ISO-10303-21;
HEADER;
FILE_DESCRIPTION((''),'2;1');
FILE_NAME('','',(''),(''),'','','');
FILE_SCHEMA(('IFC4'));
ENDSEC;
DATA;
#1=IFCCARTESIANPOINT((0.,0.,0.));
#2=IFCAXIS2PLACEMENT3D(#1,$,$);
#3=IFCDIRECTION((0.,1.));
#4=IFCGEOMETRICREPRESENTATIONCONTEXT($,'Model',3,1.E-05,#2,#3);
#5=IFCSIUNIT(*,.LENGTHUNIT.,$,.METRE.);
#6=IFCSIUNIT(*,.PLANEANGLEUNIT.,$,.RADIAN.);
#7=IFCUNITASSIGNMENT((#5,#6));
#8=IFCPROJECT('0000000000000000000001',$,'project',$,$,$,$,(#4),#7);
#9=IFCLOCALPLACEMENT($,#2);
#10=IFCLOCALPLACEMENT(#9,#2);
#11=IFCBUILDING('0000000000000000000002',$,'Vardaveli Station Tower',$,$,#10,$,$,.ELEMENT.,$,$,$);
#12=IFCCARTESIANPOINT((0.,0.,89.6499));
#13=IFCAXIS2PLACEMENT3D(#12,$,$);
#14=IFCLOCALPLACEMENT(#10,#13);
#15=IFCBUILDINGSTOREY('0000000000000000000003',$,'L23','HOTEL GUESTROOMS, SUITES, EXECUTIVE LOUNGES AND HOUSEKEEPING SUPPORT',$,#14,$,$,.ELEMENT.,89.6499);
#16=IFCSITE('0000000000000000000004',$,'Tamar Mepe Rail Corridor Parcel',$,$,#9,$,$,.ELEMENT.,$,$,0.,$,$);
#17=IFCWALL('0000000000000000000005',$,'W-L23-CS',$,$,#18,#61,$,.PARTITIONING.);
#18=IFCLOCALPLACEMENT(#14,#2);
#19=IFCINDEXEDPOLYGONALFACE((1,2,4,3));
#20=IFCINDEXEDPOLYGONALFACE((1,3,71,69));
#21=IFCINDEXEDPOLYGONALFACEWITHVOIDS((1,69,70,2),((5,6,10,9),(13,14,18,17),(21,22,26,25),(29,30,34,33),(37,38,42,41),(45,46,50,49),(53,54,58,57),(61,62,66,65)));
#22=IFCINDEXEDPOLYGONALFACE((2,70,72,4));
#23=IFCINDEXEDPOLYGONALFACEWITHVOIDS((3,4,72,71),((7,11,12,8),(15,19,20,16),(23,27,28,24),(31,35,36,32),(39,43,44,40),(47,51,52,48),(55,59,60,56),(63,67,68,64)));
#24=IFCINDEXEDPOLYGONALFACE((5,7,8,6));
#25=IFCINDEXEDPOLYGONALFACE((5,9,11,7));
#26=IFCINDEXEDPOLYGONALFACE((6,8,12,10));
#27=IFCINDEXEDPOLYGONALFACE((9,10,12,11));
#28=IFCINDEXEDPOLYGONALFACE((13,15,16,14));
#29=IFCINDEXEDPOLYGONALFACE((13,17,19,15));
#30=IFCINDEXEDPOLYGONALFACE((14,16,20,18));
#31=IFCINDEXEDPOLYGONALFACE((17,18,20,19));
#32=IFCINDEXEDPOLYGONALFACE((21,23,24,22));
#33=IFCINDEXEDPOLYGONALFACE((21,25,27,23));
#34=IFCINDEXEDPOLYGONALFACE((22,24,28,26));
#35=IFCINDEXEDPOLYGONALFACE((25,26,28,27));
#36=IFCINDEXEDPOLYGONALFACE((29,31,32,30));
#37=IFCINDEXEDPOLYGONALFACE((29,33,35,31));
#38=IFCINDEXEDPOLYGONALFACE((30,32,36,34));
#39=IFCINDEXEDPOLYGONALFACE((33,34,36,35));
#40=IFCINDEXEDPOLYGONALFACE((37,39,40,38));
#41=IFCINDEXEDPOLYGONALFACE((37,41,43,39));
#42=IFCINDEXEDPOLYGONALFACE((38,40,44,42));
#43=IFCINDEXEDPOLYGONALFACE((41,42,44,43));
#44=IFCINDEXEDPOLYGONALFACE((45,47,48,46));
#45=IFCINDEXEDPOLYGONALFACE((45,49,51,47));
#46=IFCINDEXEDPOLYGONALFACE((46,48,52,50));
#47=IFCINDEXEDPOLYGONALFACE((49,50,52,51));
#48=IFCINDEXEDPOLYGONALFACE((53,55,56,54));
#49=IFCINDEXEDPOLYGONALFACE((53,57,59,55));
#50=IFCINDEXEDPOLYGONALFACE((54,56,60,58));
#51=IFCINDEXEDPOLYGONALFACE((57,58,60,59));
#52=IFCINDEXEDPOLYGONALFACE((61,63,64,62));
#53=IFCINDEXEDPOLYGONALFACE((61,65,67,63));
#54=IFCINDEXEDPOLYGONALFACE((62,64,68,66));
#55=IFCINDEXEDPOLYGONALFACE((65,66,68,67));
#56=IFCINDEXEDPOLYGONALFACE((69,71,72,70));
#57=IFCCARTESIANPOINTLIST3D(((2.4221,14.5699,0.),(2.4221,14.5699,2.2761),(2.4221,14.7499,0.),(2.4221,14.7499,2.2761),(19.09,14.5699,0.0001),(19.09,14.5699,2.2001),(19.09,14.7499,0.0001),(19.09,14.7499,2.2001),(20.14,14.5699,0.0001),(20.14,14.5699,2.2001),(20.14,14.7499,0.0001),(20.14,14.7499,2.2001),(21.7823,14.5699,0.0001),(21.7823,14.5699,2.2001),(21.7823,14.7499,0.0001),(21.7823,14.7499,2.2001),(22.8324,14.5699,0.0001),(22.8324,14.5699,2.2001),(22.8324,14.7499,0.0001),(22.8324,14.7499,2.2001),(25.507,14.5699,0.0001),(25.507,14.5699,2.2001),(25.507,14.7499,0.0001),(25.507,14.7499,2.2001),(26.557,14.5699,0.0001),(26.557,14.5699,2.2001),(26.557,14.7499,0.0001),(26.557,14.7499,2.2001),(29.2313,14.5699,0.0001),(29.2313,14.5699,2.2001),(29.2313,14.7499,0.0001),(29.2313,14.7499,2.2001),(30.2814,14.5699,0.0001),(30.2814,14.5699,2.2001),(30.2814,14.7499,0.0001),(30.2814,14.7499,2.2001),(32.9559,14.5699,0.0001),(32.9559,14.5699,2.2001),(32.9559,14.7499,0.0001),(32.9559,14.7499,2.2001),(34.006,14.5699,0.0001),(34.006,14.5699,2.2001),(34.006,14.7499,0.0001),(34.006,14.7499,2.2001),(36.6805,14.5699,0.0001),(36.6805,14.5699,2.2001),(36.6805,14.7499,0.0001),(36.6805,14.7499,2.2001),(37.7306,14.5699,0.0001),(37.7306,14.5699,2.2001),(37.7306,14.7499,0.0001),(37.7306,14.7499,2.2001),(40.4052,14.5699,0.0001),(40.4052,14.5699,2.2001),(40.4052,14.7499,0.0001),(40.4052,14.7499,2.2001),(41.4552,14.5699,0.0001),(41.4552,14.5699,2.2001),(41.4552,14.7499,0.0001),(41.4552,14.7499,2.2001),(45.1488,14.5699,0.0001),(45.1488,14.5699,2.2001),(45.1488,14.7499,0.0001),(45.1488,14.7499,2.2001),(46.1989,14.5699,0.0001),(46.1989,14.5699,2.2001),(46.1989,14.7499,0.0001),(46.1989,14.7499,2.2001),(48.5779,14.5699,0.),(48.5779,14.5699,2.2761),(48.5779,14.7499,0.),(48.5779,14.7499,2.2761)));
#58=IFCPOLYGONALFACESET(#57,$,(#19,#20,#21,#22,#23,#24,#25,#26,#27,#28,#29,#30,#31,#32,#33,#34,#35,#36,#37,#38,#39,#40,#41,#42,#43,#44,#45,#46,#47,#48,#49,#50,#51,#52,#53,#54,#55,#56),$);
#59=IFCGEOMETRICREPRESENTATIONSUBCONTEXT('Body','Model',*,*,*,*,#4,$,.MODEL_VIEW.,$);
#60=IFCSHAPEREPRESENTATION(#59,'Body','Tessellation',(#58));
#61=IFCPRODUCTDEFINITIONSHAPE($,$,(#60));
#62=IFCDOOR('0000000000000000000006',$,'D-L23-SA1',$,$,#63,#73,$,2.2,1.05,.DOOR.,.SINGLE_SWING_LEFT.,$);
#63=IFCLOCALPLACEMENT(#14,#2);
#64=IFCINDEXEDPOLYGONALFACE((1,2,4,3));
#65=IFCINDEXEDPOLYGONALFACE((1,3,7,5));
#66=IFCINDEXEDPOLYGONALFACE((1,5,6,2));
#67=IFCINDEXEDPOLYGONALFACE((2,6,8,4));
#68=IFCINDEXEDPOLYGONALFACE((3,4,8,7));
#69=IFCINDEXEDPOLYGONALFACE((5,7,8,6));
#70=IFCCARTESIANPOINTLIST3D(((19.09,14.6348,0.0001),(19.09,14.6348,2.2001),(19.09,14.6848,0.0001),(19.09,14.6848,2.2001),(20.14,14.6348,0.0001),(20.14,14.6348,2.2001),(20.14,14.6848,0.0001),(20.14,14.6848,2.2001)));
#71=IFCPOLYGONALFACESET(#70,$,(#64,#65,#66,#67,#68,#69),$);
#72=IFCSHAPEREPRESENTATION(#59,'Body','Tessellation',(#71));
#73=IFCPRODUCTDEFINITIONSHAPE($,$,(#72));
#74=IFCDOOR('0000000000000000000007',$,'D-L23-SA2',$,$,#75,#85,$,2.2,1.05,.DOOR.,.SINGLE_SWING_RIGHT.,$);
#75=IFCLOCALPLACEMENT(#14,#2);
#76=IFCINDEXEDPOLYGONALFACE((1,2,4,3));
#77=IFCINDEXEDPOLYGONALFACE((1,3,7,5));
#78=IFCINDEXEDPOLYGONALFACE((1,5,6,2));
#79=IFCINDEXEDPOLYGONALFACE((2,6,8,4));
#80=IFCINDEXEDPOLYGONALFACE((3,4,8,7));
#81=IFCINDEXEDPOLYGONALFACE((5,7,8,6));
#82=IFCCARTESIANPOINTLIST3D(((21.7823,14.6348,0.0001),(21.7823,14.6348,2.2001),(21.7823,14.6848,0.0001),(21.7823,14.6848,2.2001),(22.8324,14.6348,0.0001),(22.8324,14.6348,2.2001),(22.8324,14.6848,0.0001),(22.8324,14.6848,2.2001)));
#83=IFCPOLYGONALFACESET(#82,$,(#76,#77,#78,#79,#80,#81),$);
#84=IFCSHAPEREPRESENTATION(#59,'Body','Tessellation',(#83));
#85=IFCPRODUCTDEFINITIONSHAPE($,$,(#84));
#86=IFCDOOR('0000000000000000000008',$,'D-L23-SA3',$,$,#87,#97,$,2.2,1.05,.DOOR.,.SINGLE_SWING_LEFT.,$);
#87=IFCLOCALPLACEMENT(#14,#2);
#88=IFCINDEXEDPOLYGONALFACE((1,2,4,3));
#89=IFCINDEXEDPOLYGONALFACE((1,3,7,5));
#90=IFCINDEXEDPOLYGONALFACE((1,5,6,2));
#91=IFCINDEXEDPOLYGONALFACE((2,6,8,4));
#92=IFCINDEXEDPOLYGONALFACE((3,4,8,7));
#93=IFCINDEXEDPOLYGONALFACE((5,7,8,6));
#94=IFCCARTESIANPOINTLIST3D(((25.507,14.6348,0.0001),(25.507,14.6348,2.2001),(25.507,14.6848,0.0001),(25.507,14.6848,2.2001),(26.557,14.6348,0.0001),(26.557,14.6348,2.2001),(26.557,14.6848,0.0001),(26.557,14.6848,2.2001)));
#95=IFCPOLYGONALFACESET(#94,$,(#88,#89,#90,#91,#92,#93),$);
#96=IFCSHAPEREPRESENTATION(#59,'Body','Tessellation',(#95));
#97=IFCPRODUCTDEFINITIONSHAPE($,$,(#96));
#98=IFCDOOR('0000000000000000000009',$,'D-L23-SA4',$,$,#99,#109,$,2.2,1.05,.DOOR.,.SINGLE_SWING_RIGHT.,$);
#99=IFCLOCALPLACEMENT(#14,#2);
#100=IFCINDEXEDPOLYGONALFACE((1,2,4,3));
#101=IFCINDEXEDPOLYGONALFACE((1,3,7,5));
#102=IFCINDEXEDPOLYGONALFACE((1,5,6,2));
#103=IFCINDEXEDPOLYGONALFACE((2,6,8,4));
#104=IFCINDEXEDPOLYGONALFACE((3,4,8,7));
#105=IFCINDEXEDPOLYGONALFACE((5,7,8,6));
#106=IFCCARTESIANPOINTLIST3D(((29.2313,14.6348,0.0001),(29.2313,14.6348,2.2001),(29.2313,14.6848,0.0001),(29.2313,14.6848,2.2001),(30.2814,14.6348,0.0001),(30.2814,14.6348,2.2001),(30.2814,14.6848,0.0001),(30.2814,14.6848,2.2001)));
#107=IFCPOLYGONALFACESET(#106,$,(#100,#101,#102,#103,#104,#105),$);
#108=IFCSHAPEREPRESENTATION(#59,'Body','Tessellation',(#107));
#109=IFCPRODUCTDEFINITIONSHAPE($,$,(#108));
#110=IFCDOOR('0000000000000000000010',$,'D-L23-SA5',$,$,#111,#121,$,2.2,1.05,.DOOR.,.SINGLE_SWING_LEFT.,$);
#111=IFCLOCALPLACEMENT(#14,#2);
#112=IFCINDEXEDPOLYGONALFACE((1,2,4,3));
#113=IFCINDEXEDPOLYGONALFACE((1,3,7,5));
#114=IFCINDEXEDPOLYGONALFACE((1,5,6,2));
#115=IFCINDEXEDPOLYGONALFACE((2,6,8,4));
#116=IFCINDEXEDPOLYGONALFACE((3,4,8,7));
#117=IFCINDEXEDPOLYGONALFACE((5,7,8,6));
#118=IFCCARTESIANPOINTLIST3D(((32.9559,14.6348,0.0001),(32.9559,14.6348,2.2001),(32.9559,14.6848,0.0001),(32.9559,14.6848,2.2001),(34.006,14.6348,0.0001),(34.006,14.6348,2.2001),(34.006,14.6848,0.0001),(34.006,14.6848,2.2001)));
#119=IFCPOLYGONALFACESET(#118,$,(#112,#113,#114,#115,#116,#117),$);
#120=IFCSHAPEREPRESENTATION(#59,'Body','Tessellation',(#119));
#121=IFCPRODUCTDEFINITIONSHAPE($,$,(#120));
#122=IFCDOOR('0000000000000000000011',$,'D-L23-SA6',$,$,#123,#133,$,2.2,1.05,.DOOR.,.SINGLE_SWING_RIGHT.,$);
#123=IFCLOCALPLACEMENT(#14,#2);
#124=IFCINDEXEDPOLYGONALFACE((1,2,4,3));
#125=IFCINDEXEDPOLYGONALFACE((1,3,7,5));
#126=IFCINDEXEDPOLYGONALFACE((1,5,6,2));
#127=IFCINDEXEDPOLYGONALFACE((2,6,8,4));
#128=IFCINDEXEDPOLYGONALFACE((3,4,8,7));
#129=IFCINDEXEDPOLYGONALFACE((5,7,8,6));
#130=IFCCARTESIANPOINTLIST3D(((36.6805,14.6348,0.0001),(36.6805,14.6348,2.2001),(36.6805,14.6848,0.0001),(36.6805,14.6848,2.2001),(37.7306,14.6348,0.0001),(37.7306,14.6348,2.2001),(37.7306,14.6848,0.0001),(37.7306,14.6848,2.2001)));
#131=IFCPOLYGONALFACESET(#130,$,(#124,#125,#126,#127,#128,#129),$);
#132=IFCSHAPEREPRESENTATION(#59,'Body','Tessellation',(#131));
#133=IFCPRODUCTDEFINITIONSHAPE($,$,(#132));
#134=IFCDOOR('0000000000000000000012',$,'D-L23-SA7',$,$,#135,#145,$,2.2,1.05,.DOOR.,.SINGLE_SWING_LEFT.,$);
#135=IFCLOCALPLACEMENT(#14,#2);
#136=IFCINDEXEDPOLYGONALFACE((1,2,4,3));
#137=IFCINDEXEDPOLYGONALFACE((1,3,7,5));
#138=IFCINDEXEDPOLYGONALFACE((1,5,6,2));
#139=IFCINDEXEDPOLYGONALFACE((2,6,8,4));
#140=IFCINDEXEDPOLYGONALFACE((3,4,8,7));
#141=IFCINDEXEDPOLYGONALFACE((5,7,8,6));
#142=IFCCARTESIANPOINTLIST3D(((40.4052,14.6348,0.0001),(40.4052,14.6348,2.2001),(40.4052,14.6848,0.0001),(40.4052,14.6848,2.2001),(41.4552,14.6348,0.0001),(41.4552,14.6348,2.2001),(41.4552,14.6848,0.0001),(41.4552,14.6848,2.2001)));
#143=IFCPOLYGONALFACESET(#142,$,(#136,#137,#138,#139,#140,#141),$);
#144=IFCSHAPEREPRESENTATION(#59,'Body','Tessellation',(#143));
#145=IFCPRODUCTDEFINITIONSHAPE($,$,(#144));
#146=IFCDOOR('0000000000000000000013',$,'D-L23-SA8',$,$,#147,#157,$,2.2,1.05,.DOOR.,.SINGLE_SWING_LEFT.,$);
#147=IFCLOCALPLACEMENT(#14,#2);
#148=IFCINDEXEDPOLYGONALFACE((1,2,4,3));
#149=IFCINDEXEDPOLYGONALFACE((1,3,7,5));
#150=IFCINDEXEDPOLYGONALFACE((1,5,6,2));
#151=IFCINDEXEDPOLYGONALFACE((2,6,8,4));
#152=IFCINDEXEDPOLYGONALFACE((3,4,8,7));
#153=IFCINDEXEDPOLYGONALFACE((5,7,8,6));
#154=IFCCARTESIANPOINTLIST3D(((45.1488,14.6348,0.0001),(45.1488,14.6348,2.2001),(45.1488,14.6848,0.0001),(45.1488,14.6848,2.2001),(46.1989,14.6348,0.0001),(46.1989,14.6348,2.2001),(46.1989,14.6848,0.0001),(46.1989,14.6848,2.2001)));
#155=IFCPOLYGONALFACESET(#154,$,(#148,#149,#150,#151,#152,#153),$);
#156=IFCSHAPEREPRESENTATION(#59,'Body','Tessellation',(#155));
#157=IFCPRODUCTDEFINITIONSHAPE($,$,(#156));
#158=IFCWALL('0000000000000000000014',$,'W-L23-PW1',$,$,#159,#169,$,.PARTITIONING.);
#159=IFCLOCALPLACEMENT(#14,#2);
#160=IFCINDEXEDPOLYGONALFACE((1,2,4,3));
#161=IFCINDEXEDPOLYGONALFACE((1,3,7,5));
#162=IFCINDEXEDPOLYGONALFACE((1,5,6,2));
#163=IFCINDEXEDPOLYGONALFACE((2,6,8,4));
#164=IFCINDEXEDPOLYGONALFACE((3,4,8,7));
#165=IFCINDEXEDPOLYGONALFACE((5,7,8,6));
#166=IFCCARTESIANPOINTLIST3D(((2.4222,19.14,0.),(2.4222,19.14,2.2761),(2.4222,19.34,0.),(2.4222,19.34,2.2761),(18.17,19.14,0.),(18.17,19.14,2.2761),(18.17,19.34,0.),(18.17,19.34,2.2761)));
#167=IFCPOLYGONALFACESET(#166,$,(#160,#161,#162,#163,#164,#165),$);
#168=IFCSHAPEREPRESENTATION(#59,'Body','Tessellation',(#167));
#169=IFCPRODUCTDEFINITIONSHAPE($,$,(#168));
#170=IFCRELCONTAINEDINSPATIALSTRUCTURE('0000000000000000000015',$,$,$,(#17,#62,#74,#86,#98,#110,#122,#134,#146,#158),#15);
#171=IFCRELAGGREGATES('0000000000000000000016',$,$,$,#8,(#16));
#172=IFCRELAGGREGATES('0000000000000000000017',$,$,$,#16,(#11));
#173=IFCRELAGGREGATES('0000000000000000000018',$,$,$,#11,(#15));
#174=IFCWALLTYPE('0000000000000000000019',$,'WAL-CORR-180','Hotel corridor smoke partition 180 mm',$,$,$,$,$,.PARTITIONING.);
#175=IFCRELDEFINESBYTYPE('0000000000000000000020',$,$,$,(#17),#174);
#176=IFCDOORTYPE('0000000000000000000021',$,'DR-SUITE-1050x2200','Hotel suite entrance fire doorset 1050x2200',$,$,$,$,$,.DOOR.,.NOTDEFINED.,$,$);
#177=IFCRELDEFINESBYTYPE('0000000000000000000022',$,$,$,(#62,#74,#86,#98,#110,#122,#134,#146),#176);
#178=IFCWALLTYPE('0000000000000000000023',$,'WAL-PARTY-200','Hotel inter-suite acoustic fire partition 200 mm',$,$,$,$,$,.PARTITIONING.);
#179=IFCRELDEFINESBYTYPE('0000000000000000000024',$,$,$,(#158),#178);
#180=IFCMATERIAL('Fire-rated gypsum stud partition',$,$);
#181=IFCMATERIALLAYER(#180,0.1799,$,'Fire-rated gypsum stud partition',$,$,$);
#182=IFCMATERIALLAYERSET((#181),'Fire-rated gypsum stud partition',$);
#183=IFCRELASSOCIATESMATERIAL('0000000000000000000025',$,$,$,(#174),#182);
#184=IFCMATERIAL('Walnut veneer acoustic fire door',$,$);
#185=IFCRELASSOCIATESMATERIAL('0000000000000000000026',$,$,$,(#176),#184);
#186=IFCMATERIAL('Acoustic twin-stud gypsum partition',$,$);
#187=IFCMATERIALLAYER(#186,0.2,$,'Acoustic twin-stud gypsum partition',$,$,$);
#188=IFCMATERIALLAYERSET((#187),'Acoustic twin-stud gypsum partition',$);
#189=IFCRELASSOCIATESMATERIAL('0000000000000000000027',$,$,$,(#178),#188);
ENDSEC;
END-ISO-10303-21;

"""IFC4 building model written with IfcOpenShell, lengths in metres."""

from ifc_helpers import new_model, si_unit, direction, frame, frame_2d, origin, place, context, subcontext, project, spatial, rectangle, extrude, source, transform, mapped, material, layer, layer_set, type_object, element, fill, save


model = new_model("IFC4")

# Units and contexts
model_context = context("Model", 3, precision=1e-05, world=origin(), true_north=direction((0.0, 1.0)))
body_context = subcontext(model_context, "Body", "Model", "MODEL_VIEW")
ifc_project = project(units=[si_unit("LENGTHUNIT", "METRE"), si_unit("PLANEANGLEUNIT", "RADIAN")], contexts=[model_context])

# Site, building, storey
site_placement = place(None, origin())
site = spatial("IfcSite", under=ifc_project, at=site_placement, Name="Tamar Mepe Rail Corridor Parcel", CompositionType="ELEMENT", RefElevation=0.0)
building_placement = place(site_placement, origin())
building = spatial("IfcBuilding", under=site, at=building_placement, Name="Vardaveli Station Tower", CompositionType="ELEMENT")
storey_placement = place(building_placement, frame((0.0, 0.0, 89.6499)))
storey = spatial("IfcBuildingStorey", under=building, at=storey_placement, Name="L23", Description="HOTEL GUESTROOMS, SUITES, EXECUTIVE LOUNGES AND HOUSEKEEPING SUPPORT", CompositionType="ELEMENT", Elevation=89.6499)

# Wall, openings, doors
ifc_material_1 = material(Name="Fire-rated gypsum stud partition")
ifc_layer_1 = layer(ifc_material_1, 0.1799, Name="Fire-rated gypsum stud partition")
ifc_layer_set_1 = layer_set([ifc_layer_1], Name="Fire-rated gypsum stud partition")
wall_type_1 = type_object("IfcWallType", Name="WAL-CORR-180", Description="Hotel corridor smoke partition 180 mm", PredefinedType="PARTITIONING", material=ifc_layer_set_1)
shared_shape_1 = source(origin(), body_context, "Body", "SweptSolid", [
    extrude(rectangle(XDim=46.1558, YDim=0.1799, at=frame_2d((23.0779, 0.0))), origin(), (0.0, 0.0, 1.0), 2.2761),
])
wall_1_placement = place(storey_placement, frame((2.4221, 14.6599, 0.0), z_axis=(0.0, 0.0, 1.0), x_axis=(1.0, 0.0, 0.0)))
wall_1 = element("IfcWall", 1, at=wall_1_placement, inside=storey, type_object=wall_type_1, Name="W-L23-CS", PredefinedType="PARTITIONING", context=body_context, shape_type="MappedRepresentation", body=[
    mapped(shared_shape_1, transform((0.0, 0.0, 0.0), scale=1.0)),
])
shared_shape_2 = source(origin(), body_context, "Body", "SweptSolid", [
    extrude(rectangle(XDim=1.05, YDim=2.2, at=frame_2d((0.5249, 1.1001))), frame((0.0, 0.1001, 0.0), z_axis=(0.0, -1.0, 0.0), x_axis=(1.0, 0.0, 0.0)), (0.0, 0.0, 1.0), 0.2),
])
opening_1_placement = place(wall_1_placement, frame((16.668, 0.0, 0.0)))
opening_1 = element("IfcOpeningElement", 2, at=opening_1_placement, cuts=wall_1, PredefinedType="OPENING", context=body_context, shape_type="MappedRepresentation", body=[
    mapped(shared_shape_2, transform((0.0, 0.0, 0.0), scale=1.0)),
])
opening_2_placement = place(wall_1_placement, frame((19.3604, 0.0, 0.0)))
opening_2 = element("IfcOpeningElement", 3, at=opening_2_placement, cuts=wall_1, PredefinedType="OPENING", context=body_context, shape_type="MappedRepresentation", body=[
    mapped(shared_shape_2, transform((0.0, 0.0, 0.0), scale=1.0)),
])
opening_3_placement = place(wall_1_placement, frame((23.085, 0.0, 0.0)))
opening_3 = element("IfcOpeningElement", 4, at=opening_3_placement, cuts=wall_1, PredefinedType="OPENING", context=body_context, shape_type="MappedRepresentation", body=[
    mapped(shared_shape_2, transform((0.0, 0.0, 0.0), scale=1.0)),
])
opening_4_placement = place(wall_1_placement, frame((26.8093, 0.0, 0.0)))
opening_4 = element("IfcOpeningElement", 5, at=opening_4_placement, cuts=wall_1, PredefinedType="OPENING", context=body_context, shape_type="MappedRepresentation", body=[
    mapped(shared_shape_2, transform((0.0, 0.0, 0.0), scale=1.0)),
])
opening_5_placement = place(wall_1_placement, frame((30.5339, 0.0, 0.0)))
opening_5 = element("IfcOpeningElement", 6, at=opening_5_placement, cuts=wall_1, PredefinedType="OPENING", context=body_context, shape_type="MappedRepresentation", body=[
    mapped(shared_shape_2, transform((0.0, 0.0, 0.0), scale=1.0)),
])
opening_6_placement = place(wall_1_placement, frame((34.2585, 0.0, 0.0)))
opening_6 = element("IfcOpeningElement", 7, at=opening_6_placement, cuts=wall_1, PredefinedType="OPENING", context=body_context, shape_type="MappedRepresentation", body=[
    mapped(shared_shape_2, transform((0.0, 0.0, 0.0), scale=1.0)),
])
opening_7_placement = place(wall_1_placement, frame((37.9832, 0.0, 0.0)))
opening_7 = element("IfcOpeningElement", 8, at=opening_7_placement, cuts=wall_1, PredefinedType="OPENING", context=body_context, shape_type="MappedRepresentation", body=[
    mapped(shared_shape_2, transform((0.0, 0.0, 0.0), scale=1.0)),
])
opening_8_placement = place(wall_1_placement, frame((42.7268, 0.0, 0.0)))
opening_8 = element("IfcOpeningElement", 9, at=opening_8_placement, cuts=wall_1, PredefinedType="OPENING", context=body_context, shape_type="MappedRepresentation", body=[
    mapped(shared_shape_2, transform((0.0, 0.0, 0.0), scale=1.0)),
])
ifc_material_2 = material(Name="Walnut veneer acoustic fire door")
door_type_1 = type_object("IfcDoorType", Name="DR-SUITE-1050x2200", Description="Hotel suite entrance fire doorset 1050x2200", OperationType="NOTDEFINED", PredefinedType="DOOR", material=ifc_material_2)
shared_shape_3 = source(origin(), body_context, "Body", "SweptSolid", [
    extrude(rectangle(XDim=1.05, YDim=2.2, at=frame_2d((0.5249, 1.1001))), frame((0.0, 0.0249, 0.0), z_axis=(0.0, -1.0, 0.0), x_axis=(1.0, 0.0, 0.0)), (0.0, 0.0, 1.0), 0.05),
])
door_1_placement = place(opening_1_placement, origin())
door_1 = element("IfcDoor", 10, at=door_1_placement, inside=storey, type_object=door_type_1, Name="D-L23-SA1", OperationType="SINGLE_SWING_LEFT", OverallHeight=2.2, OverallWidth=1.05, PredefinedType="DOOR", context=body_context, shape_type="MappedRepresentation", body=[
    mapped(shared_shape_3, transform((0.0, 0.0, 0.0), scale=1.0)),
])
fill(opening_1, door_1)
door_2_placement = place(opening_2_placement, origin())
door_2 = element("IfcDoor", 11, at=door_2_placement, inside=storey, type_object=door_type_1, Name="D-L23-SA2", OperationType="SINGLE_SWING_RIGHT", OverallHeight=2.2, OverallWidth=1.05, PredefinedType="DOOR", context=body_context, shape_type="MappedRepresentation", body=[
    mapped(shared_shape_3, transform((0.0, 0.0, 0.0), scale=1.0)),
])
fill(opening_2, door_2)
door_3_placement = place(opening_3_placement, origin())
door_3 = element("IfcDoor", 12, at=door_3_placement, inside=storey, type_object=door_type_1, Name="D-L23-SA3", OperationType="SINGLE_SWING_LEFT", OverallHeight=2.2, OverallWidth=1.05, PredefinedType="DOOR", context=body_context, shape_type="MappedRepresentation", body=[
    mapped(shared_shape_3, transform((0.0, 0.0, 0.0), scale=1.0)),
])
fill(opening_3, door_3)
door_4_placement = place(opening_4_placement, origin())
door_4 = element("IfcDoor", 13, at=door_4_placement, inside=storey, type_object=door_type_1, Name="D-L23-SA4", OperationType="SINGLE_SWING_RIGHT", OverallHeight=2.2, OverallWidth=1.05, PredefinedType="DOOR", context=body_context, shape_type="MappedRepresentation", body=[
    mapped(shared_shape_3, transform((0.0, 0.0, 0.0), scale=1.0)),
])
fill(opening_4, door_4)
door_5_placement = place(opening_5_placement, origin())
door_5 = element("IfcDoor", 14, at=door_5_placement, inside=storey, type_object=door_type_1, Name="D-L23-SA5", OperationType="SINGLE_SWING_LEFT", OverallHeight=2.2, OverallWidth=1.05, PredefinedType="DOOR", context=body_context, shape_type="MappedRepresentation", body=[
    mapped(shared_shape_3, transform((0.0, 0.0, 0.0), scale=1.0)),
])
fill(opening_5, door_5)
door_6_placement = place(opening_6_placement, origin())
door_6 = element("IfcDoor", 15, at=door_6_placement, inside=storey, type_object=door_type_1, Name="D-L23-SA6", OperationType="SINGLE_SWING_RIGHT", OverallHeight=2.2, OverallWidth=1.05, PredefinedType="DOOR", context=body_context, shape_type="MappedRepresentation", body=[
    mapped(shared_shape_3, transform((0.0, 0.0, 0.0), scale=1.0)),
])
fill(opening_6, door_6)
door_7_placement = place(opening_7_placement, origin())
door_7 = element("IfcDoor", 16, at=door_7_placement, inside=storey, type_object=door_type_1, Name="D-L23-SA7", OperationType="SINGLE_SWING_LEFT", OverallHeight=2.2, OverallWidth=1.05, PredefinedType="DOOR", context=body_context, shape_type="MappedRepresentation", body=[
    mapped(shared_shape_3, transform((0.0, 0.0, 0.0), scale=1.0)),
])
fill(opening_7, door_7)
door_8_placement = place(opening_8_placement, origin())
door_8 = element("IfcDoor", 17, at=door_8_placement, inside=storey, type_object=door_type_1, Name="D-L23-SA8", OperationType="SINGLE_SWING_LEFT", OverallHeight=2.2, OverallWidth=1.05, PredefinedType="DOOR", context=body_context, shape_type="MappedRepresentation", body=[
    mapped(shared_shape_3, transform((0.0, 0.0, 0.0), scale=1.0)),
])
fill(opening_8, door_8)

# Wall
ifc_material_3 = material(Name="Acoustic twin-stud gypsum partition")
ifc_layer_2 = layer(ifc_material_3, 0.2, Name="Acoustic twin-stud gypsum partition")
ifc_layer_set_2 = layer_set([ifc_layer_2], Name="Acoustic twin-stud gypsum partition")
wall_type_2 = type_object("IfcWallType", Name="WAL-PARTY-200", Description="Hotel inter-suite acoustic fire partition 200 mm", PredefinedType="PARTITIONING", material=ifc_layer_set_2)
shared_shape_4 = source(origin(), body_context, "Body", "SweptSolid", [
    extrude(rectangle(XDim=15.7478, YDim=0.2, at=frame_2d((7.874, 0.0))), origin(), (0.0, 0.0, 1.0), 2.2761),
])
wall_2_placement = place(storey_placement, frame((2.4221, 19.24, 0.0), z_axis=(0.0, 0.0, 1.0), x_axis=(1.0, 0.0, 0.0)))
element("IfcWall", 18, at=wall_2_placement, inside=storey, type_object=wall_type_2, Name="W-L23-PW1", PredefinedType="PARTITIONING", context=body_context, shape_type="MappedRepresentation", body=[
    mapped(shared_shape_4, transform((0.0, 0.0, 0.0), scale=1.0)),
])

save(model, "model.ifc")
